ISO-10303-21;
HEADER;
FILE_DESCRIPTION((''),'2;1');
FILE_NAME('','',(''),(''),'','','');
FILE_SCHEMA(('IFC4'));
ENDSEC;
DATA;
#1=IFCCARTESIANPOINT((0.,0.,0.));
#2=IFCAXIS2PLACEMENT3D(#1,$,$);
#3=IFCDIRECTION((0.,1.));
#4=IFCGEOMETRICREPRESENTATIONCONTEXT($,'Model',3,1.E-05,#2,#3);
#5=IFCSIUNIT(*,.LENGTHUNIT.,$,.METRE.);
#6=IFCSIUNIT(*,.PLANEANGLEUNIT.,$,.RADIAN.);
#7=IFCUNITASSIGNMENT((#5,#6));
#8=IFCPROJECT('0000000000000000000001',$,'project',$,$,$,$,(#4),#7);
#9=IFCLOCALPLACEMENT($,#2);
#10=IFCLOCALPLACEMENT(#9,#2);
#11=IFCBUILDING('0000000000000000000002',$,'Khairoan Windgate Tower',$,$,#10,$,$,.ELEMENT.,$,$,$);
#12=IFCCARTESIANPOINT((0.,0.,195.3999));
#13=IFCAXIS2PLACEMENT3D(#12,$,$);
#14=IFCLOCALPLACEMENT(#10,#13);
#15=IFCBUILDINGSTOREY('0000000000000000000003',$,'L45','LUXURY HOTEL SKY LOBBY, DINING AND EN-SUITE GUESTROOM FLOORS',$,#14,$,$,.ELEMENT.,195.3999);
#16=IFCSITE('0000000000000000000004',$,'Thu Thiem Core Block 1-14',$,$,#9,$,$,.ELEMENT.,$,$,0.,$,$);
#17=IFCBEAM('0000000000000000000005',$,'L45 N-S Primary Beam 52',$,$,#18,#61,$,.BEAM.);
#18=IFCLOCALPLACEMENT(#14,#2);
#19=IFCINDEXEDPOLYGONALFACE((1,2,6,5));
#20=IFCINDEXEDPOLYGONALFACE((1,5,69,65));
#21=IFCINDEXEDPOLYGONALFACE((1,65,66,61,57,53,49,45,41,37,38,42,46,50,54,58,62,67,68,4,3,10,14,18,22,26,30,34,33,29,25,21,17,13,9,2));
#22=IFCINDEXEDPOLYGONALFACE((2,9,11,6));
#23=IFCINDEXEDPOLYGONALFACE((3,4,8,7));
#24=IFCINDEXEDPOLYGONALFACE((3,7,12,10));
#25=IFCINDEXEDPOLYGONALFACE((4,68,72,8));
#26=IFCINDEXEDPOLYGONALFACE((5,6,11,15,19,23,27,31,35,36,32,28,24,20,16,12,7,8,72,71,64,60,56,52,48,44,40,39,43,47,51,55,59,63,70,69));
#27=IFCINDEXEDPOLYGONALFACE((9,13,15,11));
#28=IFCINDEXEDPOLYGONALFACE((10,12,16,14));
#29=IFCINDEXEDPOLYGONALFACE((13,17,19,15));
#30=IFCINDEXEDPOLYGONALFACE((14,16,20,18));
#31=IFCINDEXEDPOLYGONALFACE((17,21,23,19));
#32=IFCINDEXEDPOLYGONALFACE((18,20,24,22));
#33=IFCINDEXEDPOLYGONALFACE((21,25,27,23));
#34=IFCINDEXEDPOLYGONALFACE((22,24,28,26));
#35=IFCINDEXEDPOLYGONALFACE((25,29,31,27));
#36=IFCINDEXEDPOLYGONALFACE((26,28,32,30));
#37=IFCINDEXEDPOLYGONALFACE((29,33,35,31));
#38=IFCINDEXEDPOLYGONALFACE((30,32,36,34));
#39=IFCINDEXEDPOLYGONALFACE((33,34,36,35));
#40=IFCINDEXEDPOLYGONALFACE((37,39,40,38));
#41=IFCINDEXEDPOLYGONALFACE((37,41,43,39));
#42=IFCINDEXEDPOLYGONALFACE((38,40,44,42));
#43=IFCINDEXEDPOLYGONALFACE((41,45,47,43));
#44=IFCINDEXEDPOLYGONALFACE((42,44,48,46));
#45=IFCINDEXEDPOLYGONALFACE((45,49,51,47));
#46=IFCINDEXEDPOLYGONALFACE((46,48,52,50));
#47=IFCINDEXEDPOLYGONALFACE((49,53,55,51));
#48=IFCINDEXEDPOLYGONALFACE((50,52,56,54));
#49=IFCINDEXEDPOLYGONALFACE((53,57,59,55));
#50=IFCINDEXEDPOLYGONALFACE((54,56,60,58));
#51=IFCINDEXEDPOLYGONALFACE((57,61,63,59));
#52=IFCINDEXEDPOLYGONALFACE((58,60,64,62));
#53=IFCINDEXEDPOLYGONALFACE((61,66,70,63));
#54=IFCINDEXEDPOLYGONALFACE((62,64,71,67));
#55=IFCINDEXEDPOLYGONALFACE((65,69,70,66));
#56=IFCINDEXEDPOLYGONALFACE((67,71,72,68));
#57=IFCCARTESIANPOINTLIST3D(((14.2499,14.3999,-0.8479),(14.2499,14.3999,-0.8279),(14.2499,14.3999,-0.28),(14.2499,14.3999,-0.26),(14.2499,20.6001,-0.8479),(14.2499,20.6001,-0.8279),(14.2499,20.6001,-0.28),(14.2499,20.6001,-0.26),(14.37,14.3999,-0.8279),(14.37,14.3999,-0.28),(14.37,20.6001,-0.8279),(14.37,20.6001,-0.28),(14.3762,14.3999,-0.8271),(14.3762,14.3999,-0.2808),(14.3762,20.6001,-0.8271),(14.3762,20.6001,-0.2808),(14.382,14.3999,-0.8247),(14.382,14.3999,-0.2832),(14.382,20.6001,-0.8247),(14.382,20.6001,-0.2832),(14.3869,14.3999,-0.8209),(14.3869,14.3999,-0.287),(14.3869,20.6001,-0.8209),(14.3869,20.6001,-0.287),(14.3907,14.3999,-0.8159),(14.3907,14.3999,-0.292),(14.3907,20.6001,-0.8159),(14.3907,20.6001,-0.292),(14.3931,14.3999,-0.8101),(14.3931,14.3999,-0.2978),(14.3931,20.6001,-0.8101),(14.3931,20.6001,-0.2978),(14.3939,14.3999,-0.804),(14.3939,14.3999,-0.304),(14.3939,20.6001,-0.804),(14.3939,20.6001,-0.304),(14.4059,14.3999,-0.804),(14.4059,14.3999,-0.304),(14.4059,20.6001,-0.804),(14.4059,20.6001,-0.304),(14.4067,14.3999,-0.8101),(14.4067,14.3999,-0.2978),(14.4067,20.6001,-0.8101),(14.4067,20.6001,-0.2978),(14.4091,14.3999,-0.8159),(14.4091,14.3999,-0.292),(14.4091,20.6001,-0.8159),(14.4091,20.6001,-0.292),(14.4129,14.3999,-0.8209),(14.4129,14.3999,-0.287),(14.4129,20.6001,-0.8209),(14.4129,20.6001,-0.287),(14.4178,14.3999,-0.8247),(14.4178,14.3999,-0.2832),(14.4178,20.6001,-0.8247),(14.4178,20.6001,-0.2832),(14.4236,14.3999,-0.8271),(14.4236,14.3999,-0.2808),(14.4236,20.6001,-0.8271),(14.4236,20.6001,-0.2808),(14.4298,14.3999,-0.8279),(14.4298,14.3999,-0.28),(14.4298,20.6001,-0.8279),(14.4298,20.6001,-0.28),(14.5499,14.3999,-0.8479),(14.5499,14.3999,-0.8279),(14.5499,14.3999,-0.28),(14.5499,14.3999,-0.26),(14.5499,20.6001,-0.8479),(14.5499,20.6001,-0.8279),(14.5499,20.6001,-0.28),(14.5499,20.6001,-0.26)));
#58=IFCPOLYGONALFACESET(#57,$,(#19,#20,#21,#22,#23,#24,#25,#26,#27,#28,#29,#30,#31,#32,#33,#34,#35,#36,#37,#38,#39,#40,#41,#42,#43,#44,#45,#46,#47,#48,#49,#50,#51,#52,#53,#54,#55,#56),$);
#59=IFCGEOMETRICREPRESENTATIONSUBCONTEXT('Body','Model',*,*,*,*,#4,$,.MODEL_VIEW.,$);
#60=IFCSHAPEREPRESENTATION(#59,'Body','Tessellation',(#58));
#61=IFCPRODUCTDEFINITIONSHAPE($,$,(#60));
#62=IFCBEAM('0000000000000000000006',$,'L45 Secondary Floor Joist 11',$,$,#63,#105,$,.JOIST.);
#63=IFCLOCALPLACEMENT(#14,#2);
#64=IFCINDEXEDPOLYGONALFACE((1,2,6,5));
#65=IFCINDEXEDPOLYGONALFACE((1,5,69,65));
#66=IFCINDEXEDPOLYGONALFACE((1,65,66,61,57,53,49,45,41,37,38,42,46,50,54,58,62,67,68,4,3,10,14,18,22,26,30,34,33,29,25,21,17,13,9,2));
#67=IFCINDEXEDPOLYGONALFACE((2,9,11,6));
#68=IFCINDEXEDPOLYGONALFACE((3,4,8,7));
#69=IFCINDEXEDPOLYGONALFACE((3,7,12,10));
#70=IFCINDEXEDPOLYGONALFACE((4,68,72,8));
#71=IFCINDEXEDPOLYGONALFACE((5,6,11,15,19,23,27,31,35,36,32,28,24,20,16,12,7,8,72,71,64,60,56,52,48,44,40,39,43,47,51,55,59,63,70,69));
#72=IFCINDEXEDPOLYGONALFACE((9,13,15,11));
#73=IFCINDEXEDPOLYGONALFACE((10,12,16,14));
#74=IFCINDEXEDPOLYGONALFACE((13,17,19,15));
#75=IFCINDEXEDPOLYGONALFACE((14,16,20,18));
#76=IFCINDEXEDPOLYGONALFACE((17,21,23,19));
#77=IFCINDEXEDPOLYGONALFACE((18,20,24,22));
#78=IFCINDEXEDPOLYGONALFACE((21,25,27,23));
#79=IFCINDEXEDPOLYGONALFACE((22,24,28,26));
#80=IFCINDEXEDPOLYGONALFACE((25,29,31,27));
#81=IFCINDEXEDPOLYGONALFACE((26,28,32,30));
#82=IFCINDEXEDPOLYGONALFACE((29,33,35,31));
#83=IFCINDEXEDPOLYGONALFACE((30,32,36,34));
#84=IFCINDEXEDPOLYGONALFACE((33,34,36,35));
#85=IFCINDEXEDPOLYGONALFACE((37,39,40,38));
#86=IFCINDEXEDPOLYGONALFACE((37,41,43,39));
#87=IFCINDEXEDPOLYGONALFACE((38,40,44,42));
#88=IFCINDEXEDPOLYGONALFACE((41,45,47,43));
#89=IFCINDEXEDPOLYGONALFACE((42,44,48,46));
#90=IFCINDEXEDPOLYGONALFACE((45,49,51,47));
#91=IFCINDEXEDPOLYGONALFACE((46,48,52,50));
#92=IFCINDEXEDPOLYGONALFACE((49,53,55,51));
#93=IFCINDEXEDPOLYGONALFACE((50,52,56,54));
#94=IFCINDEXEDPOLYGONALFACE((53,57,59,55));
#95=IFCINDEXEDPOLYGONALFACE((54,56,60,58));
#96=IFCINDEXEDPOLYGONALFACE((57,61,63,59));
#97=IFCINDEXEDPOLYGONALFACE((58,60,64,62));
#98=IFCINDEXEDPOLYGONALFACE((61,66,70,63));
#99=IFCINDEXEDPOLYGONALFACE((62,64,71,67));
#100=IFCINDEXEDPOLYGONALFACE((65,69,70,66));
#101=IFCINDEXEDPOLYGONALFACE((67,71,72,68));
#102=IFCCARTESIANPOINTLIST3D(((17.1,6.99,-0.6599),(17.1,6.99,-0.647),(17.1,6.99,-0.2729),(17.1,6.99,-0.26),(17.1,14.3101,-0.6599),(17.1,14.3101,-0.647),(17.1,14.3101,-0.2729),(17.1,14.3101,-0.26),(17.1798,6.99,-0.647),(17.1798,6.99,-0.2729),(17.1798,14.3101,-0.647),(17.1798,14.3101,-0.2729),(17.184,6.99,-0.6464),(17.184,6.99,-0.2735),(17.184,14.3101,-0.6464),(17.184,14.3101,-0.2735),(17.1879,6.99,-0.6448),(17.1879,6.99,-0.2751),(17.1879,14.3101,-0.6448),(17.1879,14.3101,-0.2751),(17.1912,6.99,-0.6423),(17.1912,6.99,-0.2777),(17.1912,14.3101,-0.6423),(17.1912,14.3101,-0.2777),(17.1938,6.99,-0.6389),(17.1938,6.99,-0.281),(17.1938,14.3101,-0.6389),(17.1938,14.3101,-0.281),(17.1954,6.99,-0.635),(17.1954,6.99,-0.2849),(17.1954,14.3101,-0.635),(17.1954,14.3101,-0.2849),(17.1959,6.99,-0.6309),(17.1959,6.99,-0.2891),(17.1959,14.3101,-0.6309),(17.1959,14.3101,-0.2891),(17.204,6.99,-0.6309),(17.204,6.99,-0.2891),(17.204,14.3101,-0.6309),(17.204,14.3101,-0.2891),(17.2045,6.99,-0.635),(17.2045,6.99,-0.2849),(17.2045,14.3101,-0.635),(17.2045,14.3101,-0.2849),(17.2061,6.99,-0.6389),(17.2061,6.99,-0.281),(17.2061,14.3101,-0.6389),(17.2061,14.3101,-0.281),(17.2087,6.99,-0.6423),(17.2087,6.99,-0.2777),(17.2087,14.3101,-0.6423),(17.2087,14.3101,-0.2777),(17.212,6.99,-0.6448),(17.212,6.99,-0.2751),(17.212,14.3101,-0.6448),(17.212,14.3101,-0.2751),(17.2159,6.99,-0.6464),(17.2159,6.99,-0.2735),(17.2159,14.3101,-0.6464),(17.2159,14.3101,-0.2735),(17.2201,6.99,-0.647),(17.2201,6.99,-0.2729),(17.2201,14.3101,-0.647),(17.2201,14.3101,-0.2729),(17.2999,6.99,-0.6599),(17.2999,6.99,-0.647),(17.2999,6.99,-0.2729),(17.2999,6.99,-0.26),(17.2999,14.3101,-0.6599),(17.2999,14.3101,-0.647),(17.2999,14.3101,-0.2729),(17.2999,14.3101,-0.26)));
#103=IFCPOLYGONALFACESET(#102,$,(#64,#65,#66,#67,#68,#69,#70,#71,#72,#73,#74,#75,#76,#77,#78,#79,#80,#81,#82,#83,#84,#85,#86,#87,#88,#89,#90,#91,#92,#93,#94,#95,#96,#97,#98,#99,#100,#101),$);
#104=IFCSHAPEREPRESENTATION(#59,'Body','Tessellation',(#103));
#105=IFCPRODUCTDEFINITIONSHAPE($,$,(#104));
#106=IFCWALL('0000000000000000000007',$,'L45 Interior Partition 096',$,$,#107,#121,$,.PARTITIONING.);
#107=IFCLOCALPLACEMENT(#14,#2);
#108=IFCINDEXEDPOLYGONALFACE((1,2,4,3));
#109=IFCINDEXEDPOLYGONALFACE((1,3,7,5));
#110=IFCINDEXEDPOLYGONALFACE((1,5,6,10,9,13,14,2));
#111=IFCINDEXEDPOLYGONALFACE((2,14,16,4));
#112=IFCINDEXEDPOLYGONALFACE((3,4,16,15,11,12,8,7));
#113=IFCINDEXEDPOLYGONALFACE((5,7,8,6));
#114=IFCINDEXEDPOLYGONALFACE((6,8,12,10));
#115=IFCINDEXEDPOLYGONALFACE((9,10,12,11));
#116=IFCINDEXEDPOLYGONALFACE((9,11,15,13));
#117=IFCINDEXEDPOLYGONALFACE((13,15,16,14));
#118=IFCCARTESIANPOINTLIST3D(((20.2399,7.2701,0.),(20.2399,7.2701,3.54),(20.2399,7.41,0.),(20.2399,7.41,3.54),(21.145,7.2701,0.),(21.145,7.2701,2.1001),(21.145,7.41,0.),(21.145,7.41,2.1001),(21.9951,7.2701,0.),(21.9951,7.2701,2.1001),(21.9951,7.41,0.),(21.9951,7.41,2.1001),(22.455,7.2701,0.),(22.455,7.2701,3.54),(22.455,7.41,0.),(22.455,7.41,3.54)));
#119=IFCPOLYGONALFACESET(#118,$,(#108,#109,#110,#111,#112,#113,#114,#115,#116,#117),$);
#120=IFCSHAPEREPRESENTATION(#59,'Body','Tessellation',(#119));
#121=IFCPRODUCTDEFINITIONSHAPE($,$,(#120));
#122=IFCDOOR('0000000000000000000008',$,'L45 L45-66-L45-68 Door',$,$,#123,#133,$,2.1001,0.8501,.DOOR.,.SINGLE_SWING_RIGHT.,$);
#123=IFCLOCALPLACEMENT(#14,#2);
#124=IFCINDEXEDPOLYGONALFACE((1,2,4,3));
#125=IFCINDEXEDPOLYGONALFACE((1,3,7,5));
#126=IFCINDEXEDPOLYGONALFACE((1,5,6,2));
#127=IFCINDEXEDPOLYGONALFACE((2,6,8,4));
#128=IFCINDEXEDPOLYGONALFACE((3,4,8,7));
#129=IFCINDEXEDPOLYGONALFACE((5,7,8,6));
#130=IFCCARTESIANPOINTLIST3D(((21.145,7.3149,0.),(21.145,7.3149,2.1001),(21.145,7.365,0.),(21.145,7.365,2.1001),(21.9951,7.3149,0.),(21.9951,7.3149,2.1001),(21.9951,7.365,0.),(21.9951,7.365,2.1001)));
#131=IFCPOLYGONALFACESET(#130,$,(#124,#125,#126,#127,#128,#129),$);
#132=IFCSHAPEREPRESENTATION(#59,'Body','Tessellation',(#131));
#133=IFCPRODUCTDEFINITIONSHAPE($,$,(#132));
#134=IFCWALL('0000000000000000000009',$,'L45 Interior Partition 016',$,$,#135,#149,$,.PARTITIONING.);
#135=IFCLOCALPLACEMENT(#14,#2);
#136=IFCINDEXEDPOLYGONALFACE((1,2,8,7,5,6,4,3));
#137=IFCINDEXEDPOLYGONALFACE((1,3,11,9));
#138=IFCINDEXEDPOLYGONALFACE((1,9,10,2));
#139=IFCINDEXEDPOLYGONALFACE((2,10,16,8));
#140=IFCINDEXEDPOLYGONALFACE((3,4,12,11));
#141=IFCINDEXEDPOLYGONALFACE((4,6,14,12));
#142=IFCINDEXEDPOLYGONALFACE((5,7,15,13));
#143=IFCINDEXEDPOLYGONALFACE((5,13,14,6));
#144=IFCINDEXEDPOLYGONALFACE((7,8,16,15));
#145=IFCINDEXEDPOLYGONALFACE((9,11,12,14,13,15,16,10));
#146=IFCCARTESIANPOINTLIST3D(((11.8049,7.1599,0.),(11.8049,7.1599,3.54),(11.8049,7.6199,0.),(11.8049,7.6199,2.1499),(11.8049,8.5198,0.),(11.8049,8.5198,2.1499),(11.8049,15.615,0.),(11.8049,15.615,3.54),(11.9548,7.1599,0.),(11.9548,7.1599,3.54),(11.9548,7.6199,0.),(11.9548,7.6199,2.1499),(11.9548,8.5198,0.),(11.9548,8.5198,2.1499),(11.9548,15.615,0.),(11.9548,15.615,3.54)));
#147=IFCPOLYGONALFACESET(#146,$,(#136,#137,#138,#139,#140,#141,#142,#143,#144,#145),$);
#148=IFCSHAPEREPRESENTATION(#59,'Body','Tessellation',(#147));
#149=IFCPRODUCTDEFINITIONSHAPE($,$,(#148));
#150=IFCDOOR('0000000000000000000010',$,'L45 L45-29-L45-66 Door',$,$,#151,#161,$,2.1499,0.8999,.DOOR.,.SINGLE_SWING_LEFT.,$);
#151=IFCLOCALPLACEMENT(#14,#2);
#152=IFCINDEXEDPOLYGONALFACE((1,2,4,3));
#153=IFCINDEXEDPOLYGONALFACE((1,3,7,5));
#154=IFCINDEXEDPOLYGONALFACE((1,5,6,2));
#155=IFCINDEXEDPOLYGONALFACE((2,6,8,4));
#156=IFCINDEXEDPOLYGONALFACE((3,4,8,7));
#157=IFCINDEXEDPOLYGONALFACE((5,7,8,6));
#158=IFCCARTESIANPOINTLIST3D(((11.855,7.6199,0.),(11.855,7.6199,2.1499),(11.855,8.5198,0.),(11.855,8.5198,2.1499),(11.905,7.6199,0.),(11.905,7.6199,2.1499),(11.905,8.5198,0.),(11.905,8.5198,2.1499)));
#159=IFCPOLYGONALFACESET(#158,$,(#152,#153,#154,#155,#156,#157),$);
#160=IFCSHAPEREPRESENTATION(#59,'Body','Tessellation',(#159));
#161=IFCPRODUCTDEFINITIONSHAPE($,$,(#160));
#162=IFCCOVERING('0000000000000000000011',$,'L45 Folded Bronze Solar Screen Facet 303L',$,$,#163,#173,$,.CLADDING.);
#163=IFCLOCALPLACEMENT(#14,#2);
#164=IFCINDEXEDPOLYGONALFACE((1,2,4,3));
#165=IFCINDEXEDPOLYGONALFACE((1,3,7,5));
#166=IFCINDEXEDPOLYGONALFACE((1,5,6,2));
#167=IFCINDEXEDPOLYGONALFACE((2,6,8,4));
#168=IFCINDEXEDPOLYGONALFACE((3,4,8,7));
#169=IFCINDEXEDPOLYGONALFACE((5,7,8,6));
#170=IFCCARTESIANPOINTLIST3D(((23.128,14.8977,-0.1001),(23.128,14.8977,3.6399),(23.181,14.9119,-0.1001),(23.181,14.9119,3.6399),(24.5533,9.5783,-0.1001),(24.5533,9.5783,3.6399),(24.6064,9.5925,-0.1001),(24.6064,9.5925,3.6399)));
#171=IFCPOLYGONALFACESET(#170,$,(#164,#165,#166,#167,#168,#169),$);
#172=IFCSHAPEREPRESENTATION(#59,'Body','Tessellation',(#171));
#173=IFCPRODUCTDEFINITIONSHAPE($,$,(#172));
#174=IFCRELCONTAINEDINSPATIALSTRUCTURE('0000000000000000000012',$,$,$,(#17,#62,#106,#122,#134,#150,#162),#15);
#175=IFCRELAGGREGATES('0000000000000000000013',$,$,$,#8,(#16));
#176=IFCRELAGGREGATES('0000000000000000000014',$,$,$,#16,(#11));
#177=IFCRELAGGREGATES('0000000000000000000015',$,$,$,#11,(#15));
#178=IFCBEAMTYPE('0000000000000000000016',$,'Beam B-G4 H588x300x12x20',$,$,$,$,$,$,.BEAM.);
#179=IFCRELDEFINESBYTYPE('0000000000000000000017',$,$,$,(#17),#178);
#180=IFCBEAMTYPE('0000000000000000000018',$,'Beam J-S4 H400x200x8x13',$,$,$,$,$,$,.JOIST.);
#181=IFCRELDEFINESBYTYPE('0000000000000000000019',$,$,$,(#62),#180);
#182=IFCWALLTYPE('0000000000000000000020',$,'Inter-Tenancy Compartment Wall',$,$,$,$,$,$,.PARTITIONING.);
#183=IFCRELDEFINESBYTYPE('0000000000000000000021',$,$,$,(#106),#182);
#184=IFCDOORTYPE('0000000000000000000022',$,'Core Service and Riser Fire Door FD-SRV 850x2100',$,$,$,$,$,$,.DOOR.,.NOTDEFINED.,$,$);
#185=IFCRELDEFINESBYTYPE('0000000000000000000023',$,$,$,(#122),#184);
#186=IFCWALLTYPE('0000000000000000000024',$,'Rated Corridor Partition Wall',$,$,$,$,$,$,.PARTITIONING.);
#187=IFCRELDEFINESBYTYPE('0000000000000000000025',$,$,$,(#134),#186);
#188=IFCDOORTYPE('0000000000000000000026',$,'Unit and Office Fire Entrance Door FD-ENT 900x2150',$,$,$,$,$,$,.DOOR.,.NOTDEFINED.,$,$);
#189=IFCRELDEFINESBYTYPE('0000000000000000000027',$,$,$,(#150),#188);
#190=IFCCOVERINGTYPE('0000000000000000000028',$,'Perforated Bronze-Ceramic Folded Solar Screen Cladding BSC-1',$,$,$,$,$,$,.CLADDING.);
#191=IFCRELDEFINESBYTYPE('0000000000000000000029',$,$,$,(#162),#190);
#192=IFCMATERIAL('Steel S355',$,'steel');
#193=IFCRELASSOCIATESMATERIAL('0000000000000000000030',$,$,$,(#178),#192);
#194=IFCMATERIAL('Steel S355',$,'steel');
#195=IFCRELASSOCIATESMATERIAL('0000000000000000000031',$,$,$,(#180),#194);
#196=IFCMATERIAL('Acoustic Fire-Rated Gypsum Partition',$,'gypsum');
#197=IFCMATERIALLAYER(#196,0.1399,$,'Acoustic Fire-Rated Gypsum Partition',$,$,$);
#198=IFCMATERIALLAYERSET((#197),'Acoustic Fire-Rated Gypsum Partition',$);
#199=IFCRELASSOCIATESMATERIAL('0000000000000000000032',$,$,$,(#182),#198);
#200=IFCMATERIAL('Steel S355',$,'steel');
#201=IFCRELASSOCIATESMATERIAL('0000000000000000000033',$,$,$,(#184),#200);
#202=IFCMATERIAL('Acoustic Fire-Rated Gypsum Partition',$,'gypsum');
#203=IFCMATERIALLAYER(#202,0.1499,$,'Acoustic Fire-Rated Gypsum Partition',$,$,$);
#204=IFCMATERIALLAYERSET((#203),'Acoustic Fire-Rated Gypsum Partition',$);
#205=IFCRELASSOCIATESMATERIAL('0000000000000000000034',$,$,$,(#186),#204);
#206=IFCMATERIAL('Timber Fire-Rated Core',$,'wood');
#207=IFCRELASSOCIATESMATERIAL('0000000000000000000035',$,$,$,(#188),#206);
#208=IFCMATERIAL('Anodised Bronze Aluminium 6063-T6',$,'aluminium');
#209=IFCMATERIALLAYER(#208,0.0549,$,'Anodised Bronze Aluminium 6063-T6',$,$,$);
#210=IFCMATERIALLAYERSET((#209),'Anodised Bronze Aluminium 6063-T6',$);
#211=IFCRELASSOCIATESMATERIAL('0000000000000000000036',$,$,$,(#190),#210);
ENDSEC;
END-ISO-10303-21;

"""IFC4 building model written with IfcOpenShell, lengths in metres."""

from ifc_helpers import new_model, si_unit, direction, frame, frame_2d, origin, origin_2d, place, context, subcontext, project, spatial, rectangle, i_section, extrude, material, layer, layer_set, material_profile, profile_set, type_object, element, fill, save


model = new_model("IFC4")

# Units and contexts
model_context = context("Model", 3, precision=1e-05, world=origin(), true_north=direction((0.0, 1.0)))
body_context = subcontext(model_context, "Body", "Model", "MODEL_VIEW")
ifc_project = project(units=[si_unit("LENGTHUNIT", "METRE"), si_unit("PLANEANGLEUNIT", "RADIAN")], contexts=[model_context])

# Site, building, storey
site_placement = place(None, origin())
site = spatial("IfcSite", under=ifc_project, at=site_placement, Name="Thu Thiem Core Block 1-14", CompositionType="ELEMENT", RefElevation=0.0)
building_placement = place(site_placement, origin())
building = spatial("IfcBuilding", under=site, at=building_placement, Name="Khairoan Windgate Tower", CompositionType="ELEMENT")
storey_placement = place(building_placement, frame((0.0, 0.0, 195.3999)))
storey = spatial("IfcBuildingStorey", under=building, at=storey_placement, Name="L45", Description="LUXURY HOTEL SKY LOBBY, DINING AND EN-SUITE GUESTROOM FLOORS", CompositionType="ELEMENT", Elevation=195.3999)

# Beams
ifc_material_1 = material(Name="Steel S355", Category="steel")
ifc_material_profile_1 = material_profile(ifc_material_1, i_section(OverallWidth=0.3, OverallDepth=0.5879, WebThickness=0.012, FlangeThickness=0.02, FilletRadius=0.0239, at=origin_2d()))
ifc_profile_set_1 = profile_set([ifc_material_profile_1], Name="Steel S355")
beam_type_1 = type_object("IfcBeamType", Name="Beam B-G4 H588x300x12x20", PredefinedType="BEAM", material=ifc_profile_set_1)
beam_1_placement = place(storey_placement, frame((14.3999, 14.3999, -0.554), z_axis=(0.0, 1.0, 0.0), x_axis=(-1.0, 0.0, 0.0)))
element("IfcBeam", 1, at=beam_1_placement, inside=storey, type_object=beam_type_1, Name="L45 N-S Primary Beam 52", PredefinedType="BEAM", context=body_context, shape_type="SweptSolid", body=[
    extrude(i_section(OverallWidth=0.3, OverallDepth=0.5879, WebThickness=0.012, FlangeThickness=0.02, FilletRadius=0.0239, at=origin_2d()), origin(), (0.0, 0.0, 1.0), 6.2002),
])
ifc_material_2 = material(Name="Steel S355", Category="steel")
ifc_material_profile_2 = material_profile(ifc_material_2, i_section(OverallWidth=0.2, OverallDepth=0.3999, WebThickness=0.0081, FlangeThickness=0.0129, FilletRadius=0.0161, at=origin_2d()))
ifc_profile_set_2 = profile_set([ifc_material_profile_2], Name="Steel S355")
beam_type_2 = type_object("IfcBeamType", Name="Beam J-S4 H400x200x8x13", PredefinedType="JOIST", material=ifc_profile_set_2)
beam_2_placement = place(storey_placement, frame((17.2, 6.99, -0.46), z_axis=(0.0, 1.0, 0.0), x_axis=(-1.0, 0.0, 0.0)))
element("IfcBeam", 2, at=beam_2_placement, inside=storey, type_object=beam_type_2, Name="L45 Secondary Floor Joist 11", PredefinedType="JOIST", context=body_context, shape_type="SweptSolid", body=[
    extrude(i_section(OverallWidth=0.2, OverallDepth=0.3999, WebThickness=0.0081, FlangeThickness=0.0129, FilletRadius=0.0161, at=origin_2d()), origin(), (0.0, 0.0, 1.0), 7.3201),
])

# Walls, openings, doors
ifc_material_3 = material(Name="Acoustic Fire-Rated Gypsum Partition", Category="gypsum")
ifc_layer_1 = layer(ifc_material_3, 0.1399, Name="Acoustic Fire-Rated Gypsum Partition")
ifc_layer_set_1 = layer_set([ifc_layer_1], Name="Acoustic Fire-Rated Gypsum Partition")
wall_type_1 = type_object("IfcWallType", Name="Inter-Tenancy Compartment Wall", PredefinedType="PARTITIONING", material=ifc_layer_set_1)
wall_1_placement = place(storey_placement, frame((20.24, 7.3401, 0.0), z_axis=(0.0, 0.0, 1.0), x_axis=(1.0, 0.0, 0.0)))
wall_1 = element("IfcWall", 3, at=wall_1_placement, inside=storey, type_object=wall_type_1, Name="L45 Interior Partition 096", PredefinedType="PARTITIONING", context=body_context, shape_type="SweptSolid", body=[
    extrude(rectangle(XDim=2.2151, YDim=0.1399, at=frame_2d((1.1074, 0.0))), origin(), (0.0, 0.0, 1.0), 3.54),
])
opening_1_placement = place(wall_1_placement, frame((0.905, 0.0, 0.0)))
opening_1 = element("IfcOpeningElement", 4, at=opening_1_placement, cuts=wall_1, PredefinedType="OPENING", context=body_context, shape_type="SweptSolid", body=[
    extrude(rectangle(XDim=0.8501, YDim=2.1001, at=frame_2d((0.425, 1.05))), frame((0.0, 0.0798, 0.0), z_axis=(0.0, -1.0, 0.0), x_axis=(1.0, 0.0, 0.0)), (0.0, 0.0, 1.0), 0.1599),
])
ifc_material_4 = material(Name="Steel S355", Category="steel")
door_type_1 = type_object("IfcDoorType", Name="Core Service and Riser Fire Door FD-SRV 850x2100", OperationType="NOTDEFINED", PredefinedType="DOOR", material=ifc_material_4)
door_1_placement = place(opening_1_placement, origin())
door_1 = element("IfcDoor", 5, at=door_1_placement, inside=storey, type_object=door_type_1, Name="L45 L45-66-L45-68 Door", OperationType="SINGLE_SWING_RIGHT", OverallHeight=2.1001, OverallWidth=0.8501, PredefinedType="DOOR", context=body_context, shape_type="SweptSolid", body=[
    extrude(rectangle(XDim=0.8501, YDim=2.1001, at=frame_2d((0.425, 1.05))), frame((0.0, 0.0249, 0.0), z_axis=(0.0, -1.0, 0.0), x_axis=(1.0, 0.0, 0.0)), (0.0, 0.0, 1.0), 0.05),
])
fill(opening_1, door_1)
ifc_material_5 = material(Name="Acoustic Fire-Rated Gypsum Partition", Category="gypsum")
ifc_layer_2 = layer(ifc_material_5, 0.1499, Name="Acoustic Fire-Rated Gypsum Partition")
ifc_layer_set_2 = layer_set([ifc_layer_2], Name="Acoustic Fire-Rated Gypsum Partition")
wall_type_2 = type_object("IfcWallType", Name="Rated Corridor Partition Wall", PredefinedType="PARTITIONING", material=ifc_layer_set_2)
wall_2_placement = place(storey_placement, frame((11.8799, 7.1599, 0.0), z_axis=(0.0, 0.0, 1.0), x_axis=(0.0, 1.0, 0.0)))
wall_2 = element("IfcWall", 6, at=wall_2_placement, inside=storey, type_object=wall_type_2, Name="L45 Interior Partition 016", PredefinedType="PARTITIONING", context=body_context, shape_type="SweptSolid", body=[
    extrude(rectangle(XDim=8.4551, YDim=0.1499, at=frame_2d((4.2275, 0.0))), origin(), (0.0, 0.0, 1.0), 3.54),
])
opening_2_placement = place(wall_2_placement, frame((0.46, 0.0, 0.0)))
opening_2 = element("IfcOpeningElement", 7, at=opening_2_placement, cuts=wall_2, PredefinedType="OPENING", context=body_context, shape_type="SweptSolid", body=[
    extrude(rectangle(XDim=0.8999, YDim=2.1499, at=frame_2d((0.45, 1.075))), frame((0.0, 0.085, 0.0), z_axis=(0.0, -1.0, 0.0), x_axis=(1.0, 0.0, 0.0)), (0.0, 0.0, 1.0), 0.1699),
])
ifc_material_6 = material(Name="Timber Fire-Rated Core", Category="wood")
door_type_2 = type_object("IfcDoorType", Name="Unit and Office Fire Entrance Door FD-ENT 900x2150", OperationType="NOTDEFINED", PredefinedType="DOOR", material=ifc_material_6)
door_2_placement = place(opening_2_placement, origin())
door_2 = element("IfcDoor", 8, at=door_2_placement, inside=storey, type_object=door_type_2, Name="L45 L45-29-L45-66 Door", OperationType="SINGLE_SWING_LEFT", OverallHeight=2.1499, OverallWidth=0.8999, PredefinedType="DOOR", context=body_context, shape_type="SweptSolid", body=[
    extrude(rectangle(XDim=0.8999, YDim=2.1499, at=frame_2d((0.45, 1.075))), frame((0.0, 0.0249, 0.0), z_axis=(0.0, -1.0, 0.0), x_axis=(1.0, 0.0, 0.0)), (0.0, 0.0, 1.0), 0.05),
])
fill(opening_2, door_2)

# Covering
ifc_material_7 = material(Name="Anodised Bronze Aluminium 6063-T6", Category="aluminium")
ifc_layer_3 = layer(ifc_material_7, 0.0549, Name="Anodised Bronze Aluminium 6063-T6")
ifc_layer_set_3 = layer_set([ifc_layer_3], Name="Anodised Bronze Aluminium 6063-T6")
covering_type = type_object("IfcCoveringType", Name="Perforated Bronze-Ceramic Folded Solar Screen Cladding BSC-1", PredefinedType="CLADDING", material=ifc_layer_set_3)
covering_placement = place(storey_placement, frame((23.8672, 12.2451, -0.1001), z_axis=(0.0, 0.0, 1.0), x_axis=(0.258819, -0.965926, 0.0)))
element("IfcCovering", 9, at=covering_placement, inside=storey, type_object=covering_type, Name="L45 Folded Bronze Solar Screen Facet 303L", PredefinedType="CLADDING", context=body_context, shape_type="SweptSolid", body=[
    extrude(rectangle(XDim=5.5071, YDim=0.0549, at=origin_2d()), origin(), (0.0, 0.0, 1.0), 3.74),
])

save(model, "model.ifc")
